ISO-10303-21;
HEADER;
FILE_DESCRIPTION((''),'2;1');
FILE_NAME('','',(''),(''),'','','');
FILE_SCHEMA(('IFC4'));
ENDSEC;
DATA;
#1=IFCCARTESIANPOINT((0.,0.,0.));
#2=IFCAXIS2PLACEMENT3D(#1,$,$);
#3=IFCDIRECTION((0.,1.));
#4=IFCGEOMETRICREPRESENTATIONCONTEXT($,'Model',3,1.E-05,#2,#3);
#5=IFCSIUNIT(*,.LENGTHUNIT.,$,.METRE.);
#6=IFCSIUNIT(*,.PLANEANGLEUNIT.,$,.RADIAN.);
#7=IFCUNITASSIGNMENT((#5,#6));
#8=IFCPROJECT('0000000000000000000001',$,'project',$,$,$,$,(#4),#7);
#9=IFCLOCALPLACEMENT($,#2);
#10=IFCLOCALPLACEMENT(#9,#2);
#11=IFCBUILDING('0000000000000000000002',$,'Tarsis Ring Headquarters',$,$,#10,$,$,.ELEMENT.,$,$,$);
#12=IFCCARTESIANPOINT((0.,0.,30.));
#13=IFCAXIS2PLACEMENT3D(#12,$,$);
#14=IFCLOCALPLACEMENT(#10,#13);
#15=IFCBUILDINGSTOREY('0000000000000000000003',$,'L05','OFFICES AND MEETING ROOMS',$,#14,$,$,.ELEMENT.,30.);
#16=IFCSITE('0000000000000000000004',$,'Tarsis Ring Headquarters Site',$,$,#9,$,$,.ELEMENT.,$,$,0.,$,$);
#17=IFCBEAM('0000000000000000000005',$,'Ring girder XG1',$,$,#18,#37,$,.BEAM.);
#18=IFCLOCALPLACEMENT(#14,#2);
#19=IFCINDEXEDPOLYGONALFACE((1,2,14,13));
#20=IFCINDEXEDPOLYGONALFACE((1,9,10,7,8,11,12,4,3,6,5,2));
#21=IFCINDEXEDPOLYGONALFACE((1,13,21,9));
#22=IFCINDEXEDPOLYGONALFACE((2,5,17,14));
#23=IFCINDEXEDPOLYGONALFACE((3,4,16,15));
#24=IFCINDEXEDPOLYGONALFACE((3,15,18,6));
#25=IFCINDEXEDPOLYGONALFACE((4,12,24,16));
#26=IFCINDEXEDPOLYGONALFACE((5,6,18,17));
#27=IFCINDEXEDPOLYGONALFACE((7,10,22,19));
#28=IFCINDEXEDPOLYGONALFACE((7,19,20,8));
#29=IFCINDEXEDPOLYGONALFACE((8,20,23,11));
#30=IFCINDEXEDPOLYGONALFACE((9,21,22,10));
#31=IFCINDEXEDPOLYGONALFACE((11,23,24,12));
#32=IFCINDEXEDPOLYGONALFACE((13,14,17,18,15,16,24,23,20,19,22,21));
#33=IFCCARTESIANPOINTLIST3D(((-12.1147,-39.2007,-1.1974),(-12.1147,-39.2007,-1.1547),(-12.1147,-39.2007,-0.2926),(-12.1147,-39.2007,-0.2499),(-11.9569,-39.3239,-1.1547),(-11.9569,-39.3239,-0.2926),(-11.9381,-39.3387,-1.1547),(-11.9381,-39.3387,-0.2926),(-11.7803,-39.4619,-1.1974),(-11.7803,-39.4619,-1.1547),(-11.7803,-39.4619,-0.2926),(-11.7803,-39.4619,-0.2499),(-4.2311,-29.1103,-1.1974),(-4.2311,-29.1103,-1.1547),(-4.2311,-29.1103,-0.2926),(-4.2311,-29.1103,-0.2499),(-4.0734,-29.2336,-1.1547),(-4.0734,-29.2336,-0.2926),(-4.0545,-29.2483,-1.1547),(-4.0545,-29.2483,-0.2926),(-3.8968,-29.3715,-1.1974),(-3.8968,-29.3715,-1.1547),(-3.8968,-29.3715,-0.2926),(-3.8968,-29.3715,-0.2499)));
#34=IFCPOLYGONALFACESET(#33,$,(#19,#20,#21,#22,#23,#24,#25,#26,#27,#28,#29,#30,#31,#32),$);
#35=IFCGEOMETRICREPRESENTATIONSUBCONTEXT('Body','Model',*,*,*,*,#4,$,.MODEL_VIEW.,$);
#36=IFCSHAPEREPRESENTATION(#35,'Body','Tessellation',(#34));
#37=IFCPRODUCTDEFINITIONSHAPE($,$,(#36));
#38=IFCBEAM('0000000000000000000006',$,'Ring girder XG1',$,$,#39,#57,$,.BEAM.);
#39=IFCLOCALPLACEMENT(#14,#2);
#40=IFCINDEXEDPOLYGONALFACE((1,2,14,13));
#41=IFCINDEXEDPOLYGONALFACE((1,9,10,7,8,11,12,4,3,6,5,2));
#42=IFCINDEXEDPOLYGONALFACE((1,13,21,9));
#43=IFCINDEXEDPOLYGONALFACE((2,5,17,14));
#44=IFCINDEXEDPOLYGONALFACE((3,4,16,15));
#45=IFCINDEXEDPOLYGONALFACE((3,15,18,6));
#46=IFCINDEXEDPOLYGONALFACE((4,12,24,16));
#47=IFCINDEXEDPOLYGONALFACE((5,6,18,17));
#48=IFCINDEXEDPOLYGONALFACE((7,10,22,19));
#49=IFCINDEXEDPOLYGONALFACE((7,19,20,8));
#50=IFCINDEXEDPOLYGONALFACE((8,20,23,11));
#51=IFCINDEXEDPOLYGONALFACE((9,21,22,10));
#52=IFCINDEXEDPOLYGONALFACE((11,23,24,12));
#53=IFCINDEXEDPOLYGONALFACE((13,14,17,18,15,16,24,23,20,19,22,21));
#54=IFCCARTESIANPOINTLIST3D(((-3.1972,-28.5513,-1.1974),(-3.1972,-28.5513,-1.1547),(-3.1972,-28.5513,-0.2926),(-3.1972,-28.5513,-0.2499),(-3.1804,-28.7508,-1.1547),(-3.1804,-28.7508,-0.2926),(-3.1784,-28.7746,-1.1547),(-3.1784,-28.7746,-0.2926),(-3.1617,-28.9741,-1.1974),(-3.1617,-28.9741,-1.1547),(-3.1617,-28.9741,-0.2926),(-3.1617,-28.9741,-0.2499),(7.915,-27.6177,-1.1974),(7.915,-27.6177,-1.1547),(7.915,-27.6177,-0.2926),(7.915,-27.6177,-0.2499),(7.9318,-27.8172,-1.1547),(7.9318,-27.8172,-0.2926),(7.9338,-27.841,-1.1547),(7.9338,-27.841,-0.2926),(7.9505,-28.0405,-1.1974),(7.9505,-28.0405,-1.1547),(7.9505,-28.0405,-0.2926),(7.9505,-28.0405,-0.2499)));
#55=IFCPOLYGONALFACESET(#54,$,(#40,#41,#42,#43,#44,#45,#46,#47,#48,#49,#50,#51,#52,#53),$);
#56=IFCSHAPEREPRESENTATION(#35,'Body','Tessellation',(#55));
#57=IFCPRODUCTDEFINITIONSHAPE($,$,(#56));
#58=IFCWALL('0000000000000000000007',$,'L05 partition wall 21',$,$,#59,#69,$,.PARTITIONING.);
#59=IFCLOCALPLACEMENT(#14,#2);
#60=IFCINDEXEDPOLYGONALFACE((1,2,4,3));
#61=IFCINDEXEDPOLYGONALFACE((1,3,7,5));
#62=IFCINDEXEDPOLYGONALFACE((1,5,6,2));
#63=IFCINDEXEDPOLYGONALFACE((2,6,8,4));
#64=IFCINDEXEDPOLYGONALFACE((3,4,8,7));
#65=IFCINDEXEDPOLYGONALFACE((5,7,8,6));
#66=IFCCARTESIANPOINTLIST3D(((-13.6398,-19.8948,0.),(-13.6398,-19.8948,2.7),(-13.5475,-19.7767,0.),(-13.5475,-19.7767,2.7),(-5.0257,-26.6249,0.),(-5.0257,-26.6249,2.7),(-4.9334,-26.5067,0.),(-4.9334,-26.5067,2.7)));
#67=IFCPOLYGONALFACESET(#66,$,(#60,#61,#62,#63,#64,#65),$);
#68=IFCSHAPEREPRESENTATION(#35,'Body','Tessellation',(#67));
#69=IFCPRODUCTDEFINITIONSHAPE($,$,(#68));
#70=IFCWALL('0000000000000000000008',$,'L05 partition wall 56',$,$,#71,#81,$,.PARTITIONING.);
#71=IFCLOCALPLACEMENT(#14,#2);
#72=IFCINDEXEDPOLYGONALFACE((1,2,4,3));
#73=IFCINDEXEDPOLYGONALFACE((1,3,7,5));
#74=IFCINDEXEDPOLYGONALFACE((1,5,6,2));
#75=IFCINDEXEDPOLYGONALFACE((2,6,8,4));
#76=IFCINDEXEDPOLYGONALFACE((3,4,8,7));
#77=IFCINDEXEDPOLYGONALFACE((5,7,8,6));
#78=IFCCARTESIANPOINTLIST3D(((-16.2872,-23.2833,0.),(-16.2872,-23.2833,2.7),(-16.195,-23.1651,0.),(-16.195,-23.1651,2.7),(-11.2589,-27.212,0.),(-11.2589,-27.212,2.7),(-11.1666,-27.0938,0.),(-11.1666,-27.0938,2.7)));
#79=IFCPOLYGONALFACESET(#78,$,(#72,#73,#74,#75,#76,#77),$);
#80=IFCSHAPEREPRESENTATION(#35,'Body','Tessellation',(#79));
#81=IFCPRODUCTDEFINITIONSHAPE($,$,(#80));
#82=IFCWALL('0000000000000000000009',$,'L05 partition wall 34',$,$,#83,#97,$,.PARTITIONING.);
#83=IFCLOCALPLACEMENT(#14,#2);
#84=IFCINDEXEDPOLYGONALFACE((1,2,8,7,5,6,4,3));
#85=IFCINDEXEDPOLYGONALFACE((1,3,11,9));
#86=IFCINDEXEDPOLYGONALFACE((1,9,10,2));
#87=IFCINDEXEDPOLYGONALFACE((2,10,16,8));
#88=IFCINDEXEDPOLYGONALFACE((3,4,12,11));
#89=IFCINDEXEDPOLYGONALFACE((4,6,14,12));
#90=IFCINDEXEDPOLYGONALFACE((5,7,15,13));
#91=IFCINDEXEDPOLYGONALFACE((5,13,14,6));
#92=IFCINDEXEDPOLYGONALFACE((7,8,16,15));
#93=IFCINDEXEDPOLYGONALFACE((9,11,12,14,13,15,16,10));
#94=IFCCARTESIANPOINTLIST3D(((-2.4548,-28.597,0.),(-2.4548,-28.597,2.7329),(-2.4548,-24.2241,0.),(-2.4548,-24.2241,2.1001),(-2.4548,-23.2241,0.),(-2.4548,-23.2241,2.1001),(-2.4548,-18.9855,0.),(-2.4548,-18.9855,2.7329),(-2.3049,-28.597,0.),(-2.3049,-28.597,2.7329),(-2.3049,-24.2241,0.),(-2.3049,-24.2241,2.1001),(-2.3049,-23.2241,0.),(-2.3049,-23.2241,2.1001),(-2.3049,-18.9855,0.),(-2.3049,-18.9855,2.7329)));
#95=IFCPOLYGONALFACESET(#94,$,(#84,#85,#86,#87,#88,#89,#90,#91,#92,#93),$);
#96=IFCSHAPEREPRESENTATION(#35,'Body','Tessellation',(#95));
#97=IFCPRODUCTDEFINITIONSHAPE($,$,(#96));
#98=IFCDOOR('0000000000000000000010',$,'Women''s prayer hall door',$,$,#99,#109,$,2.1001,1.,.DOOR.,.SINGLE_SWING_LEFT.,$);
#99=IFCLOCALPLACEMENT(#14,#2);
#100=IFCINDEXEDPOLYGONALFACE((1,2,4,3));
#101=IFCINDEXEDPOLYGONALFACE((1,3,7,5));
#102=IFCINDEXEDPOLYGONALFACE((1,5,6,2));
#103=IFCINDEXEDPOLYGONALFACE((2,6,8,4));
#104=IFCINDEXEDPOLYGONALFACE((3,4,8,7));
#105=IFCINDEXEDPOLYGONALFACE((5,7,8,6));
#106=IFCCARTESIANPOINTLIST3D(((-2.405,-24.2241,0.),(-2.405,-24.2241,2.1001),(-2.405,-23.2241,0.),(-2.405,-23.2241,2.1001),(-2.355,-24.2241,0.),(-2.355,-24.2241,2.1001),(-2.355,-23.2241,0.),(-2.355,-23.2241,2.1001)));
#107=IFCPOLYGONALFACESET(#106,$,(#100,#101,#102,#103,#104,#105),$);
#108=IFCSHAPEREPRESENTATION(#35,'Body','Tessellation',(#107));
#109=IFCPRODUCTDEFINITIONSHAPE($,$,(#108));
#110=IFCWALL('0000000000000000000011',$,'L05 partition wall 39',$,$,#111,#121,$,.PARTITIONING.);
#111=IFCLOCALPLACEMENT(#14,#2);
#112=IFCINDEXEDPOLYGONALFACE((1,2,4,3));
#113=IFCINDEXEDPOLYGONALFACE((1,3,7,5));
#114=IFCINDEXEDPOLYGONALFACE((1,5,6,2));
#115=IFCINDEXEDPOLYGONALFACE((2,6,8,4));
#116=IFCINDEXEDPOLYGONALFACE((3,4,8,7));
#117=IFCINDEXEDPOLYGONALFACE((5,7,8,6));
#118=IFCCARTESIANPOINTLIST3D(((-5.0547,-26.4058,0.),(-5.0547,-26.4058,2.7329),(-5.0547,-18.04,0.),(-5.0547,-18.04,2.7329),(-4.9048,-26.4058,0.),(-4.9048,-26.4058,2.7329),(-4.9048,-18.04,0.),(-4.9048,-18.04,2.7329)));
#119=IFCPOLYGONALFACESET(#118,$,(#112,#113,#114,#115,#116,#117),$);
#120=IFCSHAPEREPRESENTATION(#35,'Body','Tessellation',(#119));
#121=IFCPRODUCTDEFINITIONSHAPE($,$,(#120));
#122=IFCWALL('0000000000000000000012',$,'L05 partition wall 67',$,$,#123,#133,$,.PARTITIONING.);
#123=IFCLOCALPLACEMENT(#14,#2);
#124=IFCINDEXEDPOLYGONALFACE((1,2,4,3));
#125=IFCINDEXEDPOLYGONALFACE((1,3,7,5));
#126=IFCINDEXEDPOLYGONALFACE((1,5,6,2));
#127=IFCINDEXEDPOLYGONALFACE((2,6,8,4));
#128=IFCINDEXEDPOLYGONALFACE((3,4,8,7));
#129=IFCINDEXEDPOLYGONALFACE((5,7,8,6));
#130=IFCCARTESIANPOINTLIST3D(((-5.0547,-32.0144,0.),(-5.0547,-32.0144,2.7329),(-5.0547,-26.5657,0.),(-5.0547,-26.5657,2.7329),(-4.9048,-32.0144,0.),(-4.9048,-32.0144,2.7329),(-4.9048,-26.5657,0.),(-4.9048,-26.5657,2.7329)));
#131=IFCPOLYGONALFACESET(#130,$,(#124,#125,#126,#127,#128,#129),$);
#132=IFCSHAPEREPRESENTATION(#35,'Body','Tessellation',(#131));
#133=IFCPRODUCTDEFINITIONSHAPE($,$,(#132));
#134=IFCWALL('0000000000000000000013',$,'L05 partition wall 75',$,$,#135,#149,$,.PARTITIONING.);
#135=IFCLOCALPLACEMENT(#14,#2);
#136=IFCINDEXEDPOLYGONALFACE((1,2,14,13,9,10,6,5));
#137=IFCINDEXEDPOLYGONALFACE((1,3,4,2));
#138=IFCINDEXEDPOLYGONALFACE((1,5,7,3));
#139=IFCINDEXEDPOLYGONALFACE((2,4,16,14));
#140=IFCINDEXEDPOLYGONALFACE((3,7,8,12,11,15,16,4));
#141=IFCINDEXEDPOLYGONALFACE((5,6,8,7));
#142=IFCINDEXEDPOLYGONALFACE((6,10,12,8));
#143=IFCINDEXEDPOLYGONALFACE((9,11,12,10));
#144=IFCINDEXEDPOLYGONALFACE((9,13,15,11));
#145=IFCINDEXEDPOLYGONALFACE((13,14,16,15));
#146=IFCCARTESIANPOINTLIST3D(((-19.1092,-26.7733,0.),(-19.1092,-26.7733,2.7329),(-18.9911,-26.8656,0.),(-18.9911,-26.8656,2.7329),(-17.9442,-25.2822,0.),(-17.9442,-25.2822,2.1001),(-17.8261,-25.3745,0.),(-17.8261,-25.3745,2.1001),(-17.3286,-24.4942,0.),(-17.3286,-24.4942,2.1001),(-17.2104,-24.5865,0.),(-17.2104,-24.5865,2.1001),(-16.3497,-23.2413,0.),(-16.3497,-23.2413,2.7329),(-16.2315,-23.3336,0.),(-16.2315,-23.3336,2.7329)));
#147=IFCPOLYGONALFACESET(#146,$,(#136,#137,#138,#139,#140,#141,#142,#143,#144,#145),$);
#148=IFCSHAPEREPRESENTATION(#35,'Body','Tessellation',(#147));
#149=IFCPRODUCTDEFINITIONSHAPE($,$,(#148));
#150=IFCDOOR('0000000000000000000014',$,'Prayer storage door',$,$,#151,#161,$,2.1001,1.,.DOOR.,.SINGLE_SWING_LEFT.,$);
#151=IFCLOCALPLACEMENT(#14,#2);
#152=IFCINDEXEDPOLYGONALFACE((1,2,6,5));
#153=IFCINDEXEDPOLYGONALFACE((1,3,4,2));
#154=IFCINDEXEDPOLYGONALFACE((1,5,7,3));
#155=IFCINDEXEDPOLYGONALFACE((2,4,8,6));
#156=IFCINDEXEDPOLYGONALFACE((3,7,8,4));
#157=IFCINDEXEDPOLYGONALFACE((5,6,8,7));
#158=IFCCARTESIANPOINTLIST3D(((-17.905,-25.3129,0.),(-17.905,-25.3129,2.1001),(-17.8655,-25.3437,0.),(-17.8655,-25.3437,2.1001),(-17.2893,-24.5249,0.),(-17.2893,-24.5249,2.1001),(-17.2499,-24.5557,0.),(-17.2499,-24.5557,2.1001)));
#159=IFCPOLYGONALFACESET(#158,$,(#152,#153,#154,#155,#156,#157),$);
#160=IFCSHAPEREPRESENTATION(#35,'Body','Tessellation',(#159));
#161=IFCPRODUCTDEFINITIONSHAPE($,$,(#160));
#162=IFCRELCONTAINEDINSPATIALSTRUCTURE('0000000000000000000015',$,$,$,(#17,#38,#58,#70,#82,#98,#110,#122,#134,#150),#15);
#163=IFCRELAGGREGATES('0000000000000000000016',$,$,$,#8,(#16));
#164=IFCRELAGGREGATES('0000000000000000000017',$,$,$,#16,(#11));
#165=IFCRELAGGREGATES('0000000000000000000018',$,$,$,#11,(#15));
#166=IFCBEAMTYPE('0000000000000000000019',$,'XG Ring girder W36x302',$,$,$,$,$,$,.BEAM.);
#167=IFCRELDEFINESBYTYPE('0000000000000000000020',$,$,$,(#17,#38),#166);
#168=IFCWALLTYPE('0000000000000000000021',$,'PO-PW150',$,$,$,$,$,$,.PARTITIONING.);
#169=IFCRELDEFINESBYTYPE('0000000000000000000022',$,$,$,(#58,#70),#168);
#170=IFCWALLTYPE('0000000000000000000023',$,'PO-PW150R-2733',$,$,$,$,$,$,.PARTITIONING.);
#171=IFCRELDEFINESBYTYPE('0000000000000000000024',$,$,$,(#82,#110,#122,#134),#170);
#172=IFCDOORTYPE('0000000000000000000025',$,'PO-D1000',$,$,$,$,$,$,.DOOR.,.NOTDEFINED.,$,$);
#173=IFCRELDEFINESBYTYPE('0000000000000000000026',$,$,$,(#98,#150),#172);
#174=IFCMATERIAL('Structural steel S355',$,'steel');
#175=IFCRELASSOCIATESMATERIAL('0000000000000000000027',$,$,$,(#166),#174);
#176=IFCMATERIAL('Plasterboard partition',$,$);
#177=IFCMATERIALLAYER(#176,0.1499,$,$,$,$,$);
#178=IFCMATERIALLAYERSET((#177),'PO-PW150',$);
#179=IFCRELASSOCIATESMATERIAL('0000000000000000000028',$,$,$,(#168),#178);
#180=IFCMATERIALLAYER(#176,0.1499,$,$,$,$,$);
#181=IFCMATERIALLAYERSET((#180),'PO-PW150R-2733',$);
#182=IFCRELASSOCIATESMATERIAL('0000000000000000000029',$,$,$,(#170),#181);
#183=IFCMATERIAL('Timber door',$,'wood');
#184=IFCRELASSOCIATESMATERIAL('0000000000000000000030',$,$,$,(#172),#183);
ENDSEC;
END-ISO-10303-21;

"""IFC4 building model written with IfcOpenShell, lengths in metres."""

from ifc_helpers import new_model, si_unit, direction, frame, frame_2d, origin, origin_2d, place, context, subcontext, project, spatial, rectangle, i_section, extrude, material, layer, layer_set, material_profile, profile_set, type_object, element, fill, save


model = new_model("IFC4")

# Units and contexts
model_context = context("Model", 3, precision=1e-05, world=origin(), true_north=direction((0.0, 1.0)))
body_context = subcontext(model_context, "Body", "Model", "MODEL_VIEW")
ifc_project = project(units=[si_unit("LENGTHUNIT", "METRE"), si_unit("PLANEANGLEUNIT", "RADIAN")], contexts=[model_context])

# Site, building, storey
site_placement = place(None, origin())
site = spatial("IfcSite", under=ifc_project, at=site_placement, Name="Tarsis Ring Headquarters Site", CompositionType="ELEMENT", RefElevation=0.0)
building_placement = place(site_placement, origin())
building = spatial("IfcBuilding", under=site, at=building_placement, Name="Tarsis Ring Headquarters", CompositionType="ELEMENT")
storey_placement = place(building_placement, frame((0.0, 0.0, 30.0)))
storey = spatial("IfcBuildingStorey", under=building, at=storey_placement, Name="L05", Description="OFFICES AND MEETING ROOMS", CompositionType="ELEMENT", Elevation=30.0)

# Beams
ifc_material_1 = material(Name="Structural steel S355", Category="steel")
ifc_material_profile_1 = material_profile(ifc_material_1, i_section(OverallWidth=0.4243, OverallDepth=0.9475, WebThickness=0.0239, FlangeThickness=0.0427, at=origin_2d()), Name="W36x302")
ifc_profile_set_1 = profile_set([ifc_material_profile_1], Name="Structural steel S355")
beam_type_1 = type_object("IfcBeamType", Name="XG Ring girder W36x302", PredefinedType="BEAM", material=ifc_profile_set_1)
beam_1_placement = place(storey_placement, frame((-11.9475, -39.3313, -0.7236), z_axis=(0.615667, 0.788006, 0.0), x_axis=(-0.788006, 0.615667, 0.0)))
element("IfcBeam", 1, at=beam_1_placement, inside=storey, type_object=beam_type_1, Name="Ring girder XG1", PredefinedType="BEAM", context=body_context, shape_type="SweptSolid", body=[
    extrude(i_section(OverallWidth=0.4243, OverallDepth=0.9475, WebThickness=0.0239, FlangeThickness=0.0427, at=origin_2d()), origin(), (0.0, 0.0, 1.0), 12.8049),
])
beam_2_placement = place(storey_placement, frame((-3.1794, -28.7627, -0.7236), z_axis=(0.996489, 0.083719, 0.0), x_axis=(-0.083719, 0.996489, 0.0)))
element("IfcBeam", 2, at=beam_2_placement, inside=storey, type_object=beam_type_1, Name="Ring girder XG1", PredefinedType="BEAM", context=body_context, shape_type="SweptSolid", body=[
    extrude(i_section(OverallWidth=0.4243, OverallDepth=0.9475, WebThickness=0.0239, FlangeThickness=0.0427, at=origin_2d()), origin(), (0.0, 0.0, 1.0), 11.1514),
])

# Walls
ifc_material_2 = material(Name="Plasterboard partition")
ifc_layer_1 = layer(ifc_material_2, 0.1499)
ifc_layer_set_1 = layer_set([ifc_layer_1], Name="PO-PW150")
wall_type_1 = type_object("IfcWallType", Name="PO-PW150", PredefinedType="PARTITIONING", material=ifc_layer_set_1)
wall_1_placement = place(storey_placement, frame((-13.5938, -19.8357, 0.0), z_axis=(0.0, 0.0, 1.0), x_axis=(0.788012, -0.61566, 0.0)))
element("IfcWall", 3, at=wall_1_placement, inside=storey, type_object=wall_type_1, Name="L05 partition wall 21", PredefinedType="PARTITIONING", context=body_context, shape_type="SweptSolid", body=[
    extrude(rectangle(XDim=10.9314, YDim=0.1499, at=frame_2d((5.4658, 0.0))), origin(), (0.0, 0.0, 1.0), 2.7),
])
wall_2_placement = place(storey_placement, frame((-11.2129, -27.1528, 0.0), z_axis=(0.0, 0.0, 1.0), x_axis=(-0.787999, 0.615677, 0.0)))
element("IfcWall", 4, at=wall_2_placement, inside=storey, type_object=wall_type_1, Name="L05 partition wall 56", PredefinedType="PARTITIONING", context=body_context, shape_type="SweptSolid", body=[
    extrude(rectangle(XDim=6.3811, YDim=0.1499, at=frame_2d((3.1904, 0.0))), origin(), (0.0, 0.0, 1.0), 2.7),
])

# Wall, opening, door
ifc_layer_2 = layer(ifc_material_2, 0.1499)
ifc_layer_set_2 = layer_set([ifc_layer_2], Name="PO-PW150R-2733")
wall_type_2 = type_object("IfcWallType", Name="PO-PW150R-2733", PredefinedType="PARTITIONING", material=ifc_layer_set_2)
wall_3_placement = place(storey_placement, frame((-2.3799, -18.9856, 0.0), z_axis=(0.0, 0.0, 1.0), x_axis=(0.0, -1.0, 0.0)))
wall_3 = element("IfcWall", 5, at=wall_3_placement, inside=storey, type_object=wall_type_2, Name="L05 partition wall 34", PredefinedType="PARTITIONING", context=body_context, shape_type="SweptSolid", body=[
    extrude(rectangle(XDim=9.6116, YDim=0.1499, at=frame_2d((4.8057, 0.0))), origin(), (0.0, 0.0, 1.0), 2.7329),
])
opening_1_placement = place(wall_3_placement, frame((4.2385, 0.0, 0.0)))
opening_1 = element("IfcOpeningElement", 6, at=opening_1_placement, cuts=wall_3, PredefinedType="OPENING", context=body_context, shape_type="SweptSolid", body=[
    extrude(rectangle(XDim=1.0, YDim=2.1001, at=frame_2d((0.5, 1.05))), frame((0.0, 0.085, 0.0), z_axis=(0.0, -1.0, 0.0), x_axis=(1.0, 0.0, 0.0)), (0.0, 0.0, 1.0), 0.1699),
])
ifc_material_3 = material(Name="Timber door", Category="wood")
door_type_1 = type_object("IfcDoorType", Name="PO-D1000", OperationType="NOTDEFINED", PredefinedType="DOOR", material=ifc_material_3)
door_1_placement = place(opening_1_placement, origin())
door_1 = element("IfcDoor", 7, at=door_1_placement, inside=storey, type_object=door_type_1, Name="Women's prayer hall door", OperationType="SINGLE_SWING_LEFT", OverallHeight=2.1001, OverallWidth=1.0, PredefinedType="DOOR", context=body_context, shape_type="SweptSolid", body=[
    extrude(rectangle(XDim=1.0, YDim=2.1001, at=frame_2d((0.5, 1.05))), frame((0.0, 0.0249, 0.0), z_axis=(0.0, -1.0, 0.0), x_axis=(1.0, 0.0, 0.0)), (0.0, 0.0, 1.0), 0.05),
])
fill(opening_1, door_1)

# Walls
wall_4_placement = place(storey_placement, frame((-4.9797, -26.4058, 0.0), z_axis=(0.0, 0.0, 1.0), x_axis=(0.0, 1.0, 0.0)))
element("IfcWall", 8, at=wall_4_placement, inside=storey, type_object=wall_type_2, Name="L05 partition wall 39", PredefinedType="PARTITIONING", context=body_context, shape_type="SweptSolid", body=[
    extrude(rectangle(XDim=8.3657, YDim=0.1499, at=frame_2d((4.1829, 0.0))), origin(), (0.0, 0.0, 1.0), 2.7329),
])
wall_5_placement = place(storey_placement, frame((-4.9797, -32.0144, 0.0), z_axis=(0.0, 0.0, 1.0), x_axis=(0.0, 1.0, 0.0)))
element("IfcWall", 9, at=wall_5_placement, inside=storey, type_object=wall_type_2, Name="L05 partition wall 67", PredefinedType="PARTITIONING", context=body_context, shape_type="SweptSolid", body=[
    extrude(rectangle(XDim=5.4487, YDim=0.1499, at=frame_2d((2.7244, 0.0))), origin(), (0.0, 0.0, 1.0), 2.7329),
])

# Wall, opening, door
wall_6_placement = place(storey_placement, frame((-16.2905, -23.2874, 0.0), z_axis=(0.0, 0.0, 1.0), x_axis=(-0.615666, -0.788007, 0.0)))
wall_6 = element("IfcWall", 10, at=wall_6_placement, inside=storey, type_object=wall_type_2, Name="L05 partition wall 75", PredefinedType="PARTITIONING", context=body_context, shape_type="SweptSolid", body=[
    extrude(rectangle(XDim=4.4822, YDim=0.1499, at=frame_2d((2.2412, 0.0))), origin(), (0.0, 0.0, 1.0), 2.7329),
])
opening_2_placement = place(wall_6_placement, frame((1.5901, 0.0, 0.0)))
opening_2 = element("IfcOpeningElement", 11, at=opening_2_placement, cuts=wall_6, PredefinedType="OPENING", context=body_context, shape_type="SweptSolid", body=[
    extrude(rectangle(XDim=1.0, YDim=2.1001, at=frame_2d((0.5, 1.05))), frame((0.0, 0.085, 0.0), z_axis=(0.0, -1.0, 0.0), x_axis=(1.0, 0.0, 0.0)), (0.0, 0.0, 1.0), 0.1699),
])
door_2_placement = place(opening_2_placement, origin())
door_2 = element("IfcDoor", 12, at=door_2_placement, inside=storey, type_object=door_type_1, Name="Prayer storage door", OperationType="SINGLE_SWING_LEFT", OverallHeight=2.1001, OverallWidth=1.0, PredefinedType="DOOR", context=body_context, shape_type="SweptSolid", body=[
    extrude(rectangle(XDim=1.0, YDim=2.1001, at=frame_2d((0.5, 1.05))), frame((0.0, 0.0249, 0.0), z_axis=(0.0, -1.0, 0.0), x_axis=(1.0, 0.0, 0.0)), (0.0, 0.0, 1.0), 0.05),
])
fill(opening_2, door_2)

save(model, "model.ifc")
